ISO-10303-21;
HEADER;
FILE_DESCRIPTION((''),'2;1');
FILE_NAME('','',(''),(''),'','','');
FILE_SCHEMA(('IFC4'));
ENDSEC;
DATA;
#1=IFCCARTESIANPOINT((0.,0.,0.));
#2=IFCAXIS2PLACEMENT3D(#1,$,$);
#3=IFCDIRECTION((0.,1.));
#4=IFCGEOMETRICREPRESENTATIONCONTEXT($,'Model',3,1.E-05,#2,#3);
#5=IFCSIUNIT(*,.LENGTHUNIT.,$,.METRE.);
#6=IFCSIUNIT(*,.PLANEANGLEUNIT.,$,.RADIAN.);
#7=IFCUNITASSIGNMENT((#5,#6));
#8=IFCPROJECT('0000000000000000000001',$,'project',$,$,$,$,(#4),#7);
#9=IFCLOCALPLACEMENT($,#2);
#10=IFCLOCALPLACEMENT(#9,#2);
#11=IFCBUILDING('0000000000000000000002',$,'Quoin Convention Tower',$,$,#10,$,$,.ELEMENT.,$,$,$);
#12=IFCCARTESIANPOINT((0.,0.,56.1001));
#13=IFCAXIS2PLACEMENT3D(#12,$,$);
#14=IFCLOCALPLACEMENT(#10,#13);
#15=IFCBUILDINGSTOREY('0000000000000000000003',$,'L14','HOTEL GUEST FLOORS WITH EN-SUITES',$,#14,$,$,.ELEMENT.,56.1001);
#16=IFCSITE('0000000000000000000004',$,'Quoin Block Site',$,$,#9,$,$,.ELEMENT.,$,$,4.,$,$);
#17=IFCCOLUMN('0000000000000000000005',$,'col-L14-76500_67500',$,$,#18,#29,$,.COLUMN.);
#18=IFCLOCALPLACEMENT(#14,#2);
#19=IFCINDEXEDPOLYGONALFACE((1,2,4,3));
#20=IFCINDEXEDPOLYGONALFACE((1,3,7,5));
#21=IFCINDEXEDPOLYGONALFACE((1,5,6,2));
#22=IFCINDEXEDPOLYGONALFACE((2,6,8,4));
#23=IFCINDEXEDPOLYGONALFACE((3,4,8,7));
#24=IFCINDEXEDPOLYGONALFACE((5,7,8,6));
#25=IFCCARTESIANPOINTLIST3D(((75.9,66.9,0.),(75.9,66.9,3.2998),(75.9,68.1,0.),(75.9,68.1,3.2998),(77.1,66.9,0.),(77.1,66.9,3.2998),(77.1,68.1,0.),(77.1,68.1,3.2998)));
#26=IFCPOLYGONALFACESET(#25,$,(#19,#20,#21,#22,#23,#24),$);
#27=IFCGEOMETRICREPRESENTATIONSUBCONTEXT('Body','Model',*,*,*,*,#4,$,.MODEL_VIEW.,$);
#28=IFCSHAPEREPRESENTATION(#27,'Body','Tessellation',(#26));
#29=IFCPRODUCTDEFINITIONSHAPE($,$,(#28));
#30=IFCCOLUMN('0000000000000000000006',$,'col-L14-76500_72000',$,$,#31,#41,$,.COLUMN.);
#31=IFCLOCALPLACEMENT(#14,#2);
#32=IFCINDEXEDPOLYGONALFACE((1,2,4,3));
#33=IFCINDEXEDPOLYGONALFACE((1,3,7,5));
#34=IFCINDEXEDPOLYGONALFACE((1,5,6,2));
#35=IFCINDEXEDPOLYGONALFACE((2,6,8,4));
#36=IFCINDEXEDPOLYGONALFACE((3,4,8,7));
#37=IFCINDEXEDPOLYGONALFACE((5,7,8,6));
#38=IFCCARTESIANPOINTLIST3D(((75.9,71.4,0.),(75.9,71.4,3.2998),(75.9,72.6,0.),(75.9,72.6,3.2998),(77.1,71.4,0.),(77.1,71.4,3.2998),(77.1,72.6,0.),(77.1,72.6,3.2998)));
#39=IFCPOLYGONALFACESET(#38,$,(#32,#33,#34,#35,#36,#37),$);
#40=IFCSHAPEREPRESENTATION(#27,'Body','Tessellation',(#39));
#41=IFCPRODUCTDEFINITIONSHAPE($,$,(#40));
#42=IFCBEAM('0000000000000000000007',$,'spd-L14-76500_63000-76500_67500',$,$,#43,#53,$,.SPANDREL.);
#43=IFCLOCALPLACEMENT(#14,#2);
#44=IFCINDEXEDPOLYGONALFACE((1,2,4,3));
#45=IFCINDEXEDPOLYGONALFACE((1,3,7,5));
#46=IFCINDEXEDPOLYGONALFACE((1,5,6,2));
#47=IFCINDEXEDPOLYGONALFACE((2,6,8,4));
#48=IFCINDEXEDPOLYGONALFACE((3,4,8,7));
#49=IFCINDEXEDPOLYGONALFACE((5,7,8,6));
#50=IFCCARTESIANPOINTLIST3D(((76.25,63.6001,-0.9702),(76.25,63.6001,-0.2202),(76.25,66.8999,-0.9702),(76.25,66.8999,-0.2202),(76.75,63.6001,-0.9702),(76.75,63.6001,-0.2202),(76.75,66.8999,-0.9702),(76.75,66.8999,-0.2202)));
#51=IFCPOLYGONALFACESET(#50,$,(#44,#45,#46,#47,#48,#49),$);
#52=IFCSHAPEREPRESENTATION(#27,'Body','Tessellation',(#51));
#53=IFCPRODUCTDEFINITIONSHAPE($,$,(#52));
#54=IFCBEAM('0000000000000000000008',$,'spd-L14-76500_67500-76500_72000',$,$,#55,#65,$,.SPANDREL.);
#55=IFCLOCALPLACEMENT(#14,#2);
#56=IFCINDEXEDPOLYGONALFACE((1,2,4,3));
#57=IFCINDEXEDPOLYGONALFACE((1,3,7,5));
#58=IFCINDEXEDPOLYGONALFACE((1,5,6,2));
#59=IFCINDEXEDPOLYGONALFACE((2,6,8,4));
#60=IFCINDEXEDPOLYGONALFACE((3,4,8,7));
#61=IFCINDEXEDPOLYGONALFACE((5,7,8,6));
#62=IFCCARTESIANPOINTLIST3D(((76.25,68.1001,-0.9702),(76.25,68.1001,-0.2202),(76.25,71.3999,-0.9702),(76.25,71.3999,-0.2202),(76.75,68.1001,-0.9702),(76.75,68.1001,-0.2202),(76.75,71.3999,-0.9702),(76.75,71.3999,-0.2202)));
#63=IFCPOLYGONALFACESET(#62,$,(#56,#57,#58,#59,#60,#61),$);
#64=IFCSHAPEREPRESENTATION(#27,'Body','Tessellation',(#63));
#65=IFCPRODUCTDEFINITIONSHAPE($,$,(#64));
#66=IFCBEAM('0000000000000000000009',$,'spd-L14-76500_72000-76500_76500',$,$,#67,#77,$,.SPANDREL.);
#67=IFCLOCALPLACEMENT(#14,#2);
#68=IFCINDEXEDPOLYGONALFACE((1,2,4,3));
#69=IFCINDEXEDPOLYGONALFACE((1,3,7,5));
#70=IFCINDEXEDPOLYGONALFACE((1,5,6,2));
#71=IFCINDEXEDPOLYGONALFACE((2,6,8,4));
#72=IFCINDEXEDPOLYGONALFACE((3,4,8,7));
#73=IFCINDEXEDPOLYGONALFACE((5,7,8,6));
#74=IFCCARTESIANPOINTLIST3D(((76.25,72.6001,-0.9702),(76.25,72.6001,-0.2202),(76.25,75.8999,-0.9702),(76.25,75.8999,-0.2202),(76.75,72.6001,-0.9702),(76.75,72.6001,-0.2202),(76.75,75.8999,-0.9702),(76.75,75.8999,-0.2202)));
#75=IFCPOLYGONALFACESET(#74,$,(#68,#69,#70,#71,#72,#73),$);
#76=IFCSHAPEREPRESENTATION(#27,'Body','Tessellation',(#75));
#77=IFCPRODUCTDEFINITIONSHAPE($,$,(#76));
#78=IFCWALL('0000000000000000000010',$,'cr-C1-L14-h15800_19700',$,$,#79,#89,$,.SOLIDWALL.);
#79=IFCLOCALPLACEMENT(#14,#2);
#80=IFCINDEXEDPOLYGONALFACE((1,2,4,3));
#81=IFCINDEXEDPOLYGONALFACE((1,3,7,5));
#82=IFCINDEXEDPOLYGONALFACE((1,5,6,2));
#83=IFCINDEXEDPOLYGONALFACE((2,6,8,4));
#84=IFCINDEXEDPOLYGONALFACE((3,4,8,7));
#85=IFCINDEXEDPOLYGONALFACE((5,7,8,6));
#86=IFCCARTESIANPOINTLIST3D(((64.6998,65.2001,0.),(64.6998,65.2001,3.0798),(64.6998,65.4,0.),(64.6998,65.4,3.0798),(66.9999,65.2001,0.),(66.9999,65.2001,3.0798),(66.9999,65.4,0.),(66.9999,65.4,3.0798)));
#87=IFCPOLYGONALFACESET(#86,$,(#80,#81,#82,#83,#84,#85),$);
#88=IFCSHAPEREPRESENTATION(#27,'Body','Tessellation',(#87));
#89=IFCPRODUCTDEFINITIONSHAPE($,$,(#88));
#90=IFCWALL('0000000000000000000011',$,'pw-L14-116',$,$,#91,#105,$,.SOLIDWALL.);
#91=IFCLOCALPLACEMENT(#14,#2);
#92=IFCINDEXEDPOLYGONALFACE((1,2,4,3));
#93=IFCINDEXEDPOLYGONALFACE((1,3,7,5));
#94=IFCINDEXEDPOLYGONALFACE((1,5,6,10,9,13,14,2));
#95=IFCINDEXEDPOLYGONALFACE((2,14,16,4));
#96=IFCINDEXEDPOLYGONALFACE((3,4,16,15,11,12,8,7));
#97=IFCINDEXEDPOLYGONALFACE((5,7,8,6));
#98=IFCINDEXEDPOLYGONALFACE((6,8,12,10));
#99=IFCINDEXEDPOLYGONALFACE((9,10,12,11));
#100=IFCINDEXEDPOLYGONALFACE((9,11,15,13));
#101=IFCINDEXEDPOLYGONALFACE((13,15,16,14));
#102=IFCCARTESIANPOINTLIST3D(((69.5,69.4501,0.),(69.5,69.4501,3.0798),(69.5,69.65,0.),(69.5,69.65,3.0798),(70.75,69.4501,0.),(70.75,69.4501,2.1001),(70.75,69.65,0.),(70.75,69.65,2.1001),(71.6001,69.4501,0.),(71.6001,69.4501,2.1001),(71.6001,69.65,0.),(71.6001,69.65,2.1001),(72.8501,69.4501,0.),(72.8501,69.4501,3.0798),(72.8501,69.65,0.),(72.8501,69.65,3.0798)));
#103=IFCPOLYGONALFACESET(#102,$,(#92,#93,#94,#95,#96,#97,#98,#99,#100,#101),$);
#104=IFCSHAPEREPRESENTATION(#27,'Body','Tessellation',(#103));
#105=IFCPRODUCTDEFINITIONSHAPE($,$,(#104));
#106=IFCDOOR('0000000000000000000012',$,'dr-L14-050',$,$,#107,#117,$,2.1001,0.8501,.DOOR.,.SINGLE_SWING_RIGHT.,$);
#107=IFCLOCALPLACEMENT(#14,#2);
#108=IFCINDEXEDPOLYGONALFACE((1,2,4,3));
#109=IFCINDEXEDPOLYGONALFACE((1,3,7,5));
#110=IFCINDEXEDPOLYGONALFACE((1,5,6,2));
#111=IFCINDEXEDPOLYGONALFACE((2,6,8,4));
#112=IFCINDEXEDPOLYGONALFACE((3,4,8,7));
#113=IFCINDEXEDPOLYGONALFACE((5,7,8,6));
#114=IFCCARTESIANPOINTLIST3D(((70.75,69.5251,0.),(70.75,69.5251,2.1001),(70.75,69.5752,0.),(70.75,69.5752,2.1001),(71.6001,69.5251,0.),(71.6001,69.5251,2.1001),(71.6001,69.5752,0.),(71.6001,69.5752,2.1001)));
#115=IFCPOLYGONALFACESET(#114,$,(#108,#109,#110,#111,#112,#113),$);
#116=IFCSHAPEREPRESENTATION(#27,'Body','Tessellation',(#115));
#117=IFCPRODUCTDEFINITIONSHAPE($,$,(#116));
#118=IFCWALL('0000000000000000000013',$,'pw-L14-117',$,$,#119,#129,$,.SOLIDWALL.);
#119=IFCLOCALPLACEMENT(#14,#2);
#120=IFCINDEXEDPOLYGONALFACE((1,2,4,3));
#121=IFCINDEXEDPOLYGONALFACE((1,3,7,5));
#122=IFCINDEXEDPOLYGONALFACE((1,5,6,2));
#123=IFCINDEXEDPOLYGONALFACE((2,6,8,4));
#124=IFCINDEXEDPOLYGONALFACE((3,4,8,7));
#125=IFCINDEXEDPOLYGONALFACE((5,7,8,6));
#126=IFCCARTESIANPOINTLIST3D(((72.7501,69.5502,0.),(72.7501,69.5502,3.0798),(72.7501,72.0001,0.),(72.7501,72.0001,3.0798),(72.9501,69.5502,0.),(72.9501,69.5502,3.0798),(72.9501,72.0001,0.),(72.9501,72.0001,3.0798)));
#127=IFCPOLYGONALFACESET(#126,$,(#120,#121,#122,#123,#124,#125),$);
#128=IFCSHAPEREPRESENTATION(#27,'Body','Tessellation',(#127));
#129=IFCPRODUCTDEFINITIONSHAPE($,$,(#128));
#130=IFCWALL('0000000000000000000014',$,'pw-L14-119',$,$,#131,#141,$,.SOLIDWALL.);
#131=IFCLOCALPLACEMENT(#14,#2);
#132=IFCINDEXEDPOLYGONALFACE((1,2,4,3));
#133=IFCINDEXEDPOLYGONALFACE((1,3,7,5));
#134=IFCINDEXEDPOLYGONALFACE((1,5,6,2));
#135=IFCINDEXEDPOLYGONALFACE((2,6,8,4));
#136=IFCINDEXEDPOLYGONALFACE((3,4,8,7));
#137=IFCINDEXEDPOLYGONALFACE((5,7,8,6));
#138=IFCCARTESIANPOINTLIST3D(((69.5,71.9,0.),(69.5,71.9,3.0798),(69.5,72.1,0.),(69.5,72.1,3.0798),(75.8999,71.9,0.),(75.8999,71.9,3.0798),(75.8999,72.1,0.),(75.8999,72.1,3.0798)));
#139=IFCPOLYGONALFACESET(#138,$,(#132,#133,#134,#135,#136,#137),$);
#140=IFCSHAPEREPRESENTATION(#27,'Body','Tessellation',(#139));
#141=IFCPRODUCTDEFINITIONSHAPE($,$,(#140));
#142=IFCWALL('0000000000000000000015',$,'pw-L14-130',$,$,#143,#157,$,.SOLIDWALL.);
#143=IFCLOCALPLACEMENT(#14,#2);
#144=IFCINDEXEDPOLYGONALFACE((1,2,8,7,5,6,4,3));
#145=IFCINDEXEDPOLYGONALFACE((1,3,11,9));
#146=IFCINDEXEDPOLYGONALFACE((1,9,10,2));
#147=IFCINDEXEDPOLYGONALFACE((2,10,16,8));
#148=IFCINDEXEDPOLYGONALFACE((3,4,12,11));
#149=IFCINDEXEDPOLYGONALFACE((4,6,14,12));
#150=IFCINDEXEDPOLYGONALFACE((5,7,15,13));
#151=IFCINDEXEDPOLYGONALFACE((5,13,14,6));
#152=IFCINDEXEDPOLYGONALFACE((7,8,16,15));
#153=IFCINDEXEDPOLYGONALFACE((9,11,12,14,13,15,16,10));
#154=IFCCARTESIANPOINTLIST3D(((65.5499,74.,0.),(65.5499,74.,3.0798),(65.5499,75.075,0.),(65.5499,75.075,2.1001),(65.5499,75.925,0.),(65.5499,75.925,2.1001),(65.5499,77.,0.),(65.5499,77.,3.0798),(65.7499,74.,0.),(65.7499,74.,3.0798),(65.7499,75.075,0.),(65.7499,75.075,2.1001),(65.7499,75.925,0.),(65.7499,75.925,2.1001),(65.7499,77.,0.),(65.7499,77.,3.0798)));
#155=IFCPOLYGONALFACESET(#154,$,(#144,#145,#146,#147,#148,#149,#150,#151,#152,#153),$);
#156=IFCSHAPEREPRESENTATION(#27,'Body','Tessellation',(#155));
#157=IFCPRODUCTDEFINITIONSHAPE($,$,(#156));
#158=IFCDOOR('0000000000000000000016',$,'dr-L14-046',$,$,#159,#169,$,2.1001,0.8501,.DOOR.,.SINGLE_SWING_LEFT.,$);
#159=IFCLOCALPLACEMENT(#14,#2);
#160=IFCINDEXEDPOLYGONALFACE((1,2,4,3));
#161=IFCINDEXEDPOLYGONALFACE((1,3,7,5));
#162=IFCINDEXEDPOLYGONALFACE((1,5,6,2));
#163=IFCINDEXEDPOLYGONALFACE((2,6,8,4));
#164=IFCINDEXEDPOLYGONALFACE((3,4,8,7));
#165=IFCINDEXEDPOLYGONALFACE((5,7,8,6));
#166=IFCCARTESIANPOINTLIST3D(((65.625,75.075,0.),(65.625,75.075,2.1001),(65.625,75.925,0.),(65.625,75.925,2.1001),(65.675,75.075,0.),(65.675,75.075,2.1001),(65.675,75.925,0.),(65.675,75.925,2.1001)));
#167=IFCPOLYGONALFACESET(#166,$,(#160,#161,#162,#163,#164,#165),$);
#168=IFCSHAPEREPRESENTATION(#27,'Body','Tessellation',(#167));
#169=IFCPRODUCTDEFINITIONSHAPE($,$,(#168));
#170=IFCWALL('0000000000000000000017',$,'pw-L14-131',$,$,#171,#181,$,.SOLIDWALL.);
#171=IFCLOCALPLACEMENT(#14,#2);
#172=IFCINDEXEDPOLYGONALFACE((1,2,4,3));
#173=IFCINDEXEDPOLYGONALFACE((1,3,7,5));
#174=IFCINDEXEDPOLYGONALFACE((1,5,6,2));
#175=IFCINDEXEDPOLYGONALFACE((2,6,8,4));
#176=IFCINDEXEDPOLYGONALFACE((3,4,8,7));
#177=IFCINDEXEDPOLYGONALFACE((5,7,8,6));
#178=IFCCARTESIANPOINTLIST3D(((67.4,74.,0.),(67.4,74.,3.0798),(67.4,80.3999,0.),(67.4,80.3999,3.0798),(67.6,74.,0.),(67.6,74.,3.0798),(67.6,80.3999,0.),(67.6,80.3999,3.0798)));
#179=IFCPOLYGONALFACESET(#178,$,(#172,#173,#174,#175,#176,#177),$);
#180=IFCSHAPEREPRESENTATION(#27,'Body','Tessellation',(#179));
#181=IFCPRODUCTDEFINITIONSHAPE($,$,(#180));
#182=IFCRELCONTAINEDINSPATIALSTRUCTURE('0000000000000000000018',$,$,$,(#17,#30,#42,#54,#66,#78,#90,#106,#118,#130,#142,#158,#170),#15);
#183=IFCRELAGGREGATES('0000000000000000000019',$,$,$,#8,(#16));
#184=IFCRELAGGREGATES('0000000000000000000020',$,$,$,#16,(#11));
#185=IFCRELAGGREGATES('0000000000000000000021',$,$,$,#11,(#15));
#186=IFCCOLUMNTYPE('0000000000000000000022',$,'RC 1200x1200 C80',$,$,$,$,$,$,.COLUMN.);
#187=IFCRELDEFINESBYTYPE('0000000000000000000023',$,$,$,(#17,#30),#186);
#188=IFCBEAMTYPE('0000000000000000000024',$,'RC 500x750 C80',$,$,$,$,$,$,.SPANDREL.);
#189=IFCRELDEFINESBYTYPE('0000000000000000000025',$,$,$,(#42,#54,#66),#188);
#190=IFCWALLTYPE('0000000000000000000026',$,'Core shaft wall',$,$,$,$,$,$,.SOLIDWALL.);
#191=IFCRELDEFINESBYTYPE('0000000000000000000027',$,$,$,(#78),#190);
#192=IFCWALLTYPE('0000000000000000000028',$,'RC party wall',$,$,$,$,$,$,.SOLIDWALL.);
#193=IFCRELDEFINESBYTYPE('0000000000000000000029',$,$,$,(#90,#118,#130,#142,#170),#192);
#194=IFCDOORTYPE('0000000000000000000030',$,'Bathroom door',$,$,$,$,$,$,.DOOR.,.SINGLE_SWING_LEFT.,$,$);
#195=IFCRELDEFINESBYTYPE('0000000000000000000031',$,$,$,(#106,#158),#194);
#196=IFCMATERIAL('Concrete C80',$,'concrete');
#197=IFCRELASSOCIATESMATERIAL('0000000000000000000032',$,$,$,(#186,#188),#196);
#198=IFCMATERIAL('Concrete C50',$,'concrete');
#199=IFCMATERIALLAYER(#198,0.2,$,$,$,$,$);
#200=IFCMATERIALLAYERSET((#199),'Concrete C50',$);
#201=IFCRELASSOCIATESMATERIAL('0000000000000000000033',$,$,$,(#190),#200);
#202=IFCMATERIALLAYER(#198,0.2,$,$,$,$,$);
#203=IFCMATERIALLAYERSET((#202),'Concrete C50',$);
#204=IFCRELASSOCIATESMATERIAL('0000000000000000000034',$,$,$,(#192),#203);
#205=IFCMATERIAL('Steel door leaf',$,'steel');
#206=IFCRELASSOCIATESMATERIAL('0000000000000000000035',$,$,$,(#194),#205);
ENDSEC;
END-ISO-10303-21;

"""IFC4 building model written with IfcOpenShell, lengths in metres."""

from ifc_helpers import new_model, si_unit, direction, frame, frame_2d, origin, origin_2d, place, context, subcontext, project, spatial, rectangle, extrude, material, layer, layer_set, material_profile, profile_set, type_object, element, fill, save


model = new_model("IFC4")

# Units and contexts
model_context = context("Model", 3, precision=1e-05, world=origin(), true_north=direction((0.0, 1.0)))
body_context = subcontext(model_context, "Body", "Model", "MODEL_VIEW")
ifc_project = project(units=[si_unit("LENGTHUNIT", "METRE"), si_unit("PLANEANGLEUNIT", "RADIAN")], contexts=[model_context])

# Site, building, storey
site_placement = place(None, origin())
site = spatial("IfcSite", under=ifc_project, at=site_placement, Name="Quoin Block Site", CompositionType="ELEMENT", RefElevation=4.0)
building_placement = place(site_placement, origin())
building = spatial("IfcBuilding", under=site, at=building_placement, Name="Quoin Convention Tower", CompositionType="ELEMENT")
storey_placement = place(building_placement, frame((0.0, 0.0, 56.1001)))
storey = spatial("IfcBuildingStorey", under=building, at=storey_placement, Name="L14", Description="HOTEL GUEST FLOORS WITH EN-SUITES", CompositionType="ELEMENT", Elevation=56.1001)

# Columns
ifc_material_1 = material(Name="Concrete C80", Category="concrete")
ifc_material_profile_1 = material_profile(ifc_material_1, rectangle(XDim=1.2, YDim=1.2, at=origin_2d()), Name="RC 1200x1200")
ifc_profile_set_1 = profile_set([ifc_material_profile_1], Name="Concrete C80")
column_type = type_object("IfcColumnType", Name="RC 1200x1200 C80", PredefinedType="COLUMN", material=ifc_profile_set_1)
for number, where, z_axis, x_axis, name in (
    (1, (76.5, 67.5, 0.0), (0.0, 0.0, 1.0), (1.0, 0.0, 0.0), "col-L14-76500_67500"),
    (2, (76.5, 72.0, 0.0), (0.0, 0.0, 1.0), (1.0, 0.0, 0.0), "col-L14-76500_72000"),
):
    element("IfcColumn", number, at=place(storey_placement, frame(where, z_axis=z_axis, x_axis=x_axis)), inside=storey, type_object=column_type, Name=name, PredefinedType="COLUMN", context=body_context, shape_type="SweptSolid", body=[
        extrude(rectangle(XDim=1.2, YDim=1.2, at=origin_2d()), origin(), (0.0, 0.0, 1.0), 3.2998),
    ])

# Beams
ifc_material_profile_2 = material_profile(ifc_material_1, rectangle(XDim=0.5, YDim=0.75, at=origin_2d()), Name="RC 500x750")
ifc_profile_set_2 = profile_set([ifc_material_profile_2], Name="Concrete C80")
beam_type = type_object("IfcBeamType", Name="RC 500x750 C80", PredefinedType="SPANDREL", material=ifc_profile_set_2)
for number, where, z_axis, x_axis, name in (
    (3, (76.5, 63.6001, -0.5952), (0.0, 1.0, 0.0), (-1.0, 0.0, 0.0), "spd-L14-76500_63000-76500_67500"),
    (4, (76.5, 68.1001, -0.5952), (0.0, 1.0, 0.0), (-1.0, 0.0, 0.0), "spd-L14-76500_67500-76500_72000"),
    (5, (76.5, 72.6001, -0.5952), (0.0, 1.0, 0.0), (-1.0, 0.0, 0.0), "spd-L14-76500_72000-76500_76500"),
):
    element("IfcBeam", number, at=place(storey_placement, frame(where, z_axis=z_axis, x_axis=x_axis)), inside=storey, type_object=beam_type, Name=name, PredefinedType="SPANDREL", context=body_context, shape_type="SweptSolid", body=[
        extrude(rectangle(XDim=0.5, YDim=0.75, at=origin_2d()), origin(), (0.0, 0.0, 1.0), 3.2998),
    ])

# Wall
ifc_material_2 = material(Name="Concrete C50", Category="concrete")
ifc_layer_1 = layer(ifc_material_2, 0.2)
ifc_layer_set_1 = layer_set([ifc_layer_1], Name="Concrete C50")
wall_type_1 = type_object("IfcWallType", Name="Core shaft wall", PredefinedType="SOLIDWALL", material=ifc_layer_set_1)
wall_1_placement = place(storey_placement, frame((64.7, 65.3, 0.0), z_axis=(0.0, 0.0, 1.0), x_axis=(1.0, 0.0, 0.0)))
element("IfcWall", 6, at=wall_1_placement, inside=storey, type_object=wall_type_1, Name="cr-C1-L14-h15800_19700", PredefinedType="SOLIDWALL", context=body_context, shape_type="SweptSolid", body=[
    extrude(rectangle(XDim=2.3, YDim=0.2, at=frame_2d((1.1499, 0.0))), origin(), (0.0, 0.0, 1.0), 3.0798),
])

# Wall, opening, door
ifc_layer_2 = layer(ifc_material_2, 0.2)
ifc_layer_set_2 = layer_set([ifc_layer_2], Name="Concrete C50")
wall_type_2 = type_object("IfcWallType", Name="RC party wall", PredefinedType="SOLIDWALL", material=ifc_layer_set_2)
wall_2_placement = place(storey_placement, frame((69.5, 69.55, 0.0), z_axis=(0.0, 0.0, 1.0), x_axis=(1.0, 0.0, 0.0)))
wall_2 = element("IfcWall", 7, at=wall_2_placement, inside=storey, type_object=wall_type_2, Name="pw-L14-116", PredefinedType="SOLIDWALL", context=body_context, shape_type="SweptSolid", body=[
    extrude(rectangle(XDim=3.3501, YDim=0.2, at=frame_2d((1.675, 0.0))), origin(), (0.0, 0.0, 1.0), 3.0798),
])
opening_1_placement = place(wall_2_placement, frame((1.25, 0.0, 0.0)))
opening_1 = element("IfcOpeningElement", 8, at=opening_1_placement, cuts=wall_2, PredefinedType="OPENING", context=body_context, shape_type="SweptSolid", body=[
    extrude(rectangle(XDim=0.8501, YDim=2.1001, at=frame_2d((0.425, 1.05))), frame((0.0, 0.1099, 0.0), z_axis=(0.0, -1.0, 0.0), x_axis=(1.0, 0.0, 0.0)), (0.0, 0.0, 1.0), 0.22),
])
ifc_material_3 = material(Name="Steel door leaf", Category="steel")
door_type = type_object("IfcDoorType", Name="Bathroom door", OperationType="SINGLE_SWING_LEFT", PredefinedType="DOOR", material=ifc_material_3)
door_1_placement = place(opening_1_placement, frame((0.8501, 0.0, 0.0), z_axis=(0.0, 0.0, 1.0), x_axis=(-1.0, 0.0, 0.0)))
door_1 = element("IfcDoor", 9, at=door_1_placement, inside=storey, type_object=door_type, Name="dr-L14-050", OperationType="SINGLE_SWING_RIGHT", OverallHeight=2.1001, OverallWidth=0.8501, PredefinedType="DOOR", context=body_context, shape_type="SweptSolid", body=[
    extrude(rectangle(XDim=0.8501, YDim=2.1001, at=frame_2d((0.425, 1.05))), frame((0.0, 0.0249, 0.0), z_axis=(0.0, -1.0, 0.0), x_axis=(1.0, 0.0, 0.0)), (0.0, 0.0, 1.0), 0.05),
])
fill(opening_1, door_1)

# Walls
wall_3_placement = place(storey_placement, frame((72.8501, 69.55, 0.0), z_axis=(0.0, 0.0, 1.0), x_axis=(0.0, 1.0, 0.0)))
element("IfcWall", 10, at=wall_3_placement, inside=storey, type_object=wall_type_2, Name="pw-L14-117", PredefinedType="SOLIDWALL", context=body_context, shape_type="SweptSolid", body=[
    extrude(rectangle(XDim=2.45, YDim=0.2, at=frame_2d((1.2251, 0.0))), origin(), (0.0, 0.0, 1.0), 3.0798),
])
wall_4_placement = place(storey_placement, frame((69.5, 72.0, 0.0), z_axis=(0.0, 0.0, 1.0), x_axis=(1.0, 0.0, 0.0)))
element("IfcWall", 11, at=wall_4_placement, inside=storey, type_object=wall_type_2, Name="pw-L14-119", PredefinedType="SOLIDWALL", context=body_context, shape_type="SweptSolid", body=[
    extrude(rectangle(XDim=6.3999, YDim=0.2, at=frame_2d((3.2, 0.0))), origin(), (0.0, 0.0, 1.0), 3.0798),
])

# Wall, opening, door
wall_5_placement = place(storey_placement, frame((65.6499, 74.0, 0.0), z_axis=(0.0, 0.0, 1.0), x_axis=(0.0, 1.0, 0.0)))
wall_5 = element("IfcWall", 12, at=wall_5_placement, inside=storey, type_object=wall_type_2, Name="pw-L14-130", PredefinedType="SOLIDWALL", context=body_context, shape_type="SweptSolid", body=[
    extrude(rectangle(XDim=3.0, YDim=0.2, at=frame_2d((1.5, 0.0))), origin(), (0.0, 0.0, 1.0), 3.0798),
])
opening_2_placement = place(wall_5_placement, frame((1.075, 0.0, 0.0)))
opening_2 = element("IfcOpeningElement", 13, at=opening_2_placement, cuts=wall_5, PredefinedType="OPENING", context=body_context, shape_type="SweptSolid", body=[
    extrude(rectangle(XDim=0.8501, YDim=2.1001, at=frame_2d((0.425, 1.05))), frame((0.0, 0.1099, 0.0), z_axis=(0.0, -1.0, 0.0), x_axis=(1.0, 0.0, 0.0)), (0.0, 0.0, 1.0), 0.22),
])
door_2_placement = place(opening_2_placement, origin())
door_2 = element("IfcDoor", 14, at=door_2_placement, inside=storey, type_object=door_type, Name="dr-L14-046", OperationType="SINGLE_SWING_LEFT", OverallHeight=2.1001, OverallWidth=0.8501, PredefinedType="DOOR", context=body_context, shape_type="SweptSolid", body=[
    extrude(rectangle(XDim=0.8501, YDim=2.1001, at=frame_2d((0.425, 1.05))), frame((0.0, 0.0249, 0.0), z_axis=(0.0, -1.0, 0.0), x_axis=(1.0, 0.0, 0.0)), (0.0, 0.0, 1.0), 0.05),
])
fill(opening_2, door_2)

# Wall
wall_6_placement = place(storey_placement, frame((67.5, 74.0, 0.0), z_axis=(0.0, 0.0, 1.0), x_axis=(0.0, 1.0, 0.0)))
element("IfcWall", 15, at=wall_6_placement, inside=storey, type_object=wall_type_2, Name="pw-L14-131", PredefinedType="SOLIDWALL", context=body_context, shape_type="SweptSolid", body=[
    extrude(rectangle(XDim=6.3999, YDim=0.2, at=frame_2d((3.2, 0.0))), origin(), (0.0, 0.0, 1.0), 3.0798),
])

save(model, "model.ifc")
